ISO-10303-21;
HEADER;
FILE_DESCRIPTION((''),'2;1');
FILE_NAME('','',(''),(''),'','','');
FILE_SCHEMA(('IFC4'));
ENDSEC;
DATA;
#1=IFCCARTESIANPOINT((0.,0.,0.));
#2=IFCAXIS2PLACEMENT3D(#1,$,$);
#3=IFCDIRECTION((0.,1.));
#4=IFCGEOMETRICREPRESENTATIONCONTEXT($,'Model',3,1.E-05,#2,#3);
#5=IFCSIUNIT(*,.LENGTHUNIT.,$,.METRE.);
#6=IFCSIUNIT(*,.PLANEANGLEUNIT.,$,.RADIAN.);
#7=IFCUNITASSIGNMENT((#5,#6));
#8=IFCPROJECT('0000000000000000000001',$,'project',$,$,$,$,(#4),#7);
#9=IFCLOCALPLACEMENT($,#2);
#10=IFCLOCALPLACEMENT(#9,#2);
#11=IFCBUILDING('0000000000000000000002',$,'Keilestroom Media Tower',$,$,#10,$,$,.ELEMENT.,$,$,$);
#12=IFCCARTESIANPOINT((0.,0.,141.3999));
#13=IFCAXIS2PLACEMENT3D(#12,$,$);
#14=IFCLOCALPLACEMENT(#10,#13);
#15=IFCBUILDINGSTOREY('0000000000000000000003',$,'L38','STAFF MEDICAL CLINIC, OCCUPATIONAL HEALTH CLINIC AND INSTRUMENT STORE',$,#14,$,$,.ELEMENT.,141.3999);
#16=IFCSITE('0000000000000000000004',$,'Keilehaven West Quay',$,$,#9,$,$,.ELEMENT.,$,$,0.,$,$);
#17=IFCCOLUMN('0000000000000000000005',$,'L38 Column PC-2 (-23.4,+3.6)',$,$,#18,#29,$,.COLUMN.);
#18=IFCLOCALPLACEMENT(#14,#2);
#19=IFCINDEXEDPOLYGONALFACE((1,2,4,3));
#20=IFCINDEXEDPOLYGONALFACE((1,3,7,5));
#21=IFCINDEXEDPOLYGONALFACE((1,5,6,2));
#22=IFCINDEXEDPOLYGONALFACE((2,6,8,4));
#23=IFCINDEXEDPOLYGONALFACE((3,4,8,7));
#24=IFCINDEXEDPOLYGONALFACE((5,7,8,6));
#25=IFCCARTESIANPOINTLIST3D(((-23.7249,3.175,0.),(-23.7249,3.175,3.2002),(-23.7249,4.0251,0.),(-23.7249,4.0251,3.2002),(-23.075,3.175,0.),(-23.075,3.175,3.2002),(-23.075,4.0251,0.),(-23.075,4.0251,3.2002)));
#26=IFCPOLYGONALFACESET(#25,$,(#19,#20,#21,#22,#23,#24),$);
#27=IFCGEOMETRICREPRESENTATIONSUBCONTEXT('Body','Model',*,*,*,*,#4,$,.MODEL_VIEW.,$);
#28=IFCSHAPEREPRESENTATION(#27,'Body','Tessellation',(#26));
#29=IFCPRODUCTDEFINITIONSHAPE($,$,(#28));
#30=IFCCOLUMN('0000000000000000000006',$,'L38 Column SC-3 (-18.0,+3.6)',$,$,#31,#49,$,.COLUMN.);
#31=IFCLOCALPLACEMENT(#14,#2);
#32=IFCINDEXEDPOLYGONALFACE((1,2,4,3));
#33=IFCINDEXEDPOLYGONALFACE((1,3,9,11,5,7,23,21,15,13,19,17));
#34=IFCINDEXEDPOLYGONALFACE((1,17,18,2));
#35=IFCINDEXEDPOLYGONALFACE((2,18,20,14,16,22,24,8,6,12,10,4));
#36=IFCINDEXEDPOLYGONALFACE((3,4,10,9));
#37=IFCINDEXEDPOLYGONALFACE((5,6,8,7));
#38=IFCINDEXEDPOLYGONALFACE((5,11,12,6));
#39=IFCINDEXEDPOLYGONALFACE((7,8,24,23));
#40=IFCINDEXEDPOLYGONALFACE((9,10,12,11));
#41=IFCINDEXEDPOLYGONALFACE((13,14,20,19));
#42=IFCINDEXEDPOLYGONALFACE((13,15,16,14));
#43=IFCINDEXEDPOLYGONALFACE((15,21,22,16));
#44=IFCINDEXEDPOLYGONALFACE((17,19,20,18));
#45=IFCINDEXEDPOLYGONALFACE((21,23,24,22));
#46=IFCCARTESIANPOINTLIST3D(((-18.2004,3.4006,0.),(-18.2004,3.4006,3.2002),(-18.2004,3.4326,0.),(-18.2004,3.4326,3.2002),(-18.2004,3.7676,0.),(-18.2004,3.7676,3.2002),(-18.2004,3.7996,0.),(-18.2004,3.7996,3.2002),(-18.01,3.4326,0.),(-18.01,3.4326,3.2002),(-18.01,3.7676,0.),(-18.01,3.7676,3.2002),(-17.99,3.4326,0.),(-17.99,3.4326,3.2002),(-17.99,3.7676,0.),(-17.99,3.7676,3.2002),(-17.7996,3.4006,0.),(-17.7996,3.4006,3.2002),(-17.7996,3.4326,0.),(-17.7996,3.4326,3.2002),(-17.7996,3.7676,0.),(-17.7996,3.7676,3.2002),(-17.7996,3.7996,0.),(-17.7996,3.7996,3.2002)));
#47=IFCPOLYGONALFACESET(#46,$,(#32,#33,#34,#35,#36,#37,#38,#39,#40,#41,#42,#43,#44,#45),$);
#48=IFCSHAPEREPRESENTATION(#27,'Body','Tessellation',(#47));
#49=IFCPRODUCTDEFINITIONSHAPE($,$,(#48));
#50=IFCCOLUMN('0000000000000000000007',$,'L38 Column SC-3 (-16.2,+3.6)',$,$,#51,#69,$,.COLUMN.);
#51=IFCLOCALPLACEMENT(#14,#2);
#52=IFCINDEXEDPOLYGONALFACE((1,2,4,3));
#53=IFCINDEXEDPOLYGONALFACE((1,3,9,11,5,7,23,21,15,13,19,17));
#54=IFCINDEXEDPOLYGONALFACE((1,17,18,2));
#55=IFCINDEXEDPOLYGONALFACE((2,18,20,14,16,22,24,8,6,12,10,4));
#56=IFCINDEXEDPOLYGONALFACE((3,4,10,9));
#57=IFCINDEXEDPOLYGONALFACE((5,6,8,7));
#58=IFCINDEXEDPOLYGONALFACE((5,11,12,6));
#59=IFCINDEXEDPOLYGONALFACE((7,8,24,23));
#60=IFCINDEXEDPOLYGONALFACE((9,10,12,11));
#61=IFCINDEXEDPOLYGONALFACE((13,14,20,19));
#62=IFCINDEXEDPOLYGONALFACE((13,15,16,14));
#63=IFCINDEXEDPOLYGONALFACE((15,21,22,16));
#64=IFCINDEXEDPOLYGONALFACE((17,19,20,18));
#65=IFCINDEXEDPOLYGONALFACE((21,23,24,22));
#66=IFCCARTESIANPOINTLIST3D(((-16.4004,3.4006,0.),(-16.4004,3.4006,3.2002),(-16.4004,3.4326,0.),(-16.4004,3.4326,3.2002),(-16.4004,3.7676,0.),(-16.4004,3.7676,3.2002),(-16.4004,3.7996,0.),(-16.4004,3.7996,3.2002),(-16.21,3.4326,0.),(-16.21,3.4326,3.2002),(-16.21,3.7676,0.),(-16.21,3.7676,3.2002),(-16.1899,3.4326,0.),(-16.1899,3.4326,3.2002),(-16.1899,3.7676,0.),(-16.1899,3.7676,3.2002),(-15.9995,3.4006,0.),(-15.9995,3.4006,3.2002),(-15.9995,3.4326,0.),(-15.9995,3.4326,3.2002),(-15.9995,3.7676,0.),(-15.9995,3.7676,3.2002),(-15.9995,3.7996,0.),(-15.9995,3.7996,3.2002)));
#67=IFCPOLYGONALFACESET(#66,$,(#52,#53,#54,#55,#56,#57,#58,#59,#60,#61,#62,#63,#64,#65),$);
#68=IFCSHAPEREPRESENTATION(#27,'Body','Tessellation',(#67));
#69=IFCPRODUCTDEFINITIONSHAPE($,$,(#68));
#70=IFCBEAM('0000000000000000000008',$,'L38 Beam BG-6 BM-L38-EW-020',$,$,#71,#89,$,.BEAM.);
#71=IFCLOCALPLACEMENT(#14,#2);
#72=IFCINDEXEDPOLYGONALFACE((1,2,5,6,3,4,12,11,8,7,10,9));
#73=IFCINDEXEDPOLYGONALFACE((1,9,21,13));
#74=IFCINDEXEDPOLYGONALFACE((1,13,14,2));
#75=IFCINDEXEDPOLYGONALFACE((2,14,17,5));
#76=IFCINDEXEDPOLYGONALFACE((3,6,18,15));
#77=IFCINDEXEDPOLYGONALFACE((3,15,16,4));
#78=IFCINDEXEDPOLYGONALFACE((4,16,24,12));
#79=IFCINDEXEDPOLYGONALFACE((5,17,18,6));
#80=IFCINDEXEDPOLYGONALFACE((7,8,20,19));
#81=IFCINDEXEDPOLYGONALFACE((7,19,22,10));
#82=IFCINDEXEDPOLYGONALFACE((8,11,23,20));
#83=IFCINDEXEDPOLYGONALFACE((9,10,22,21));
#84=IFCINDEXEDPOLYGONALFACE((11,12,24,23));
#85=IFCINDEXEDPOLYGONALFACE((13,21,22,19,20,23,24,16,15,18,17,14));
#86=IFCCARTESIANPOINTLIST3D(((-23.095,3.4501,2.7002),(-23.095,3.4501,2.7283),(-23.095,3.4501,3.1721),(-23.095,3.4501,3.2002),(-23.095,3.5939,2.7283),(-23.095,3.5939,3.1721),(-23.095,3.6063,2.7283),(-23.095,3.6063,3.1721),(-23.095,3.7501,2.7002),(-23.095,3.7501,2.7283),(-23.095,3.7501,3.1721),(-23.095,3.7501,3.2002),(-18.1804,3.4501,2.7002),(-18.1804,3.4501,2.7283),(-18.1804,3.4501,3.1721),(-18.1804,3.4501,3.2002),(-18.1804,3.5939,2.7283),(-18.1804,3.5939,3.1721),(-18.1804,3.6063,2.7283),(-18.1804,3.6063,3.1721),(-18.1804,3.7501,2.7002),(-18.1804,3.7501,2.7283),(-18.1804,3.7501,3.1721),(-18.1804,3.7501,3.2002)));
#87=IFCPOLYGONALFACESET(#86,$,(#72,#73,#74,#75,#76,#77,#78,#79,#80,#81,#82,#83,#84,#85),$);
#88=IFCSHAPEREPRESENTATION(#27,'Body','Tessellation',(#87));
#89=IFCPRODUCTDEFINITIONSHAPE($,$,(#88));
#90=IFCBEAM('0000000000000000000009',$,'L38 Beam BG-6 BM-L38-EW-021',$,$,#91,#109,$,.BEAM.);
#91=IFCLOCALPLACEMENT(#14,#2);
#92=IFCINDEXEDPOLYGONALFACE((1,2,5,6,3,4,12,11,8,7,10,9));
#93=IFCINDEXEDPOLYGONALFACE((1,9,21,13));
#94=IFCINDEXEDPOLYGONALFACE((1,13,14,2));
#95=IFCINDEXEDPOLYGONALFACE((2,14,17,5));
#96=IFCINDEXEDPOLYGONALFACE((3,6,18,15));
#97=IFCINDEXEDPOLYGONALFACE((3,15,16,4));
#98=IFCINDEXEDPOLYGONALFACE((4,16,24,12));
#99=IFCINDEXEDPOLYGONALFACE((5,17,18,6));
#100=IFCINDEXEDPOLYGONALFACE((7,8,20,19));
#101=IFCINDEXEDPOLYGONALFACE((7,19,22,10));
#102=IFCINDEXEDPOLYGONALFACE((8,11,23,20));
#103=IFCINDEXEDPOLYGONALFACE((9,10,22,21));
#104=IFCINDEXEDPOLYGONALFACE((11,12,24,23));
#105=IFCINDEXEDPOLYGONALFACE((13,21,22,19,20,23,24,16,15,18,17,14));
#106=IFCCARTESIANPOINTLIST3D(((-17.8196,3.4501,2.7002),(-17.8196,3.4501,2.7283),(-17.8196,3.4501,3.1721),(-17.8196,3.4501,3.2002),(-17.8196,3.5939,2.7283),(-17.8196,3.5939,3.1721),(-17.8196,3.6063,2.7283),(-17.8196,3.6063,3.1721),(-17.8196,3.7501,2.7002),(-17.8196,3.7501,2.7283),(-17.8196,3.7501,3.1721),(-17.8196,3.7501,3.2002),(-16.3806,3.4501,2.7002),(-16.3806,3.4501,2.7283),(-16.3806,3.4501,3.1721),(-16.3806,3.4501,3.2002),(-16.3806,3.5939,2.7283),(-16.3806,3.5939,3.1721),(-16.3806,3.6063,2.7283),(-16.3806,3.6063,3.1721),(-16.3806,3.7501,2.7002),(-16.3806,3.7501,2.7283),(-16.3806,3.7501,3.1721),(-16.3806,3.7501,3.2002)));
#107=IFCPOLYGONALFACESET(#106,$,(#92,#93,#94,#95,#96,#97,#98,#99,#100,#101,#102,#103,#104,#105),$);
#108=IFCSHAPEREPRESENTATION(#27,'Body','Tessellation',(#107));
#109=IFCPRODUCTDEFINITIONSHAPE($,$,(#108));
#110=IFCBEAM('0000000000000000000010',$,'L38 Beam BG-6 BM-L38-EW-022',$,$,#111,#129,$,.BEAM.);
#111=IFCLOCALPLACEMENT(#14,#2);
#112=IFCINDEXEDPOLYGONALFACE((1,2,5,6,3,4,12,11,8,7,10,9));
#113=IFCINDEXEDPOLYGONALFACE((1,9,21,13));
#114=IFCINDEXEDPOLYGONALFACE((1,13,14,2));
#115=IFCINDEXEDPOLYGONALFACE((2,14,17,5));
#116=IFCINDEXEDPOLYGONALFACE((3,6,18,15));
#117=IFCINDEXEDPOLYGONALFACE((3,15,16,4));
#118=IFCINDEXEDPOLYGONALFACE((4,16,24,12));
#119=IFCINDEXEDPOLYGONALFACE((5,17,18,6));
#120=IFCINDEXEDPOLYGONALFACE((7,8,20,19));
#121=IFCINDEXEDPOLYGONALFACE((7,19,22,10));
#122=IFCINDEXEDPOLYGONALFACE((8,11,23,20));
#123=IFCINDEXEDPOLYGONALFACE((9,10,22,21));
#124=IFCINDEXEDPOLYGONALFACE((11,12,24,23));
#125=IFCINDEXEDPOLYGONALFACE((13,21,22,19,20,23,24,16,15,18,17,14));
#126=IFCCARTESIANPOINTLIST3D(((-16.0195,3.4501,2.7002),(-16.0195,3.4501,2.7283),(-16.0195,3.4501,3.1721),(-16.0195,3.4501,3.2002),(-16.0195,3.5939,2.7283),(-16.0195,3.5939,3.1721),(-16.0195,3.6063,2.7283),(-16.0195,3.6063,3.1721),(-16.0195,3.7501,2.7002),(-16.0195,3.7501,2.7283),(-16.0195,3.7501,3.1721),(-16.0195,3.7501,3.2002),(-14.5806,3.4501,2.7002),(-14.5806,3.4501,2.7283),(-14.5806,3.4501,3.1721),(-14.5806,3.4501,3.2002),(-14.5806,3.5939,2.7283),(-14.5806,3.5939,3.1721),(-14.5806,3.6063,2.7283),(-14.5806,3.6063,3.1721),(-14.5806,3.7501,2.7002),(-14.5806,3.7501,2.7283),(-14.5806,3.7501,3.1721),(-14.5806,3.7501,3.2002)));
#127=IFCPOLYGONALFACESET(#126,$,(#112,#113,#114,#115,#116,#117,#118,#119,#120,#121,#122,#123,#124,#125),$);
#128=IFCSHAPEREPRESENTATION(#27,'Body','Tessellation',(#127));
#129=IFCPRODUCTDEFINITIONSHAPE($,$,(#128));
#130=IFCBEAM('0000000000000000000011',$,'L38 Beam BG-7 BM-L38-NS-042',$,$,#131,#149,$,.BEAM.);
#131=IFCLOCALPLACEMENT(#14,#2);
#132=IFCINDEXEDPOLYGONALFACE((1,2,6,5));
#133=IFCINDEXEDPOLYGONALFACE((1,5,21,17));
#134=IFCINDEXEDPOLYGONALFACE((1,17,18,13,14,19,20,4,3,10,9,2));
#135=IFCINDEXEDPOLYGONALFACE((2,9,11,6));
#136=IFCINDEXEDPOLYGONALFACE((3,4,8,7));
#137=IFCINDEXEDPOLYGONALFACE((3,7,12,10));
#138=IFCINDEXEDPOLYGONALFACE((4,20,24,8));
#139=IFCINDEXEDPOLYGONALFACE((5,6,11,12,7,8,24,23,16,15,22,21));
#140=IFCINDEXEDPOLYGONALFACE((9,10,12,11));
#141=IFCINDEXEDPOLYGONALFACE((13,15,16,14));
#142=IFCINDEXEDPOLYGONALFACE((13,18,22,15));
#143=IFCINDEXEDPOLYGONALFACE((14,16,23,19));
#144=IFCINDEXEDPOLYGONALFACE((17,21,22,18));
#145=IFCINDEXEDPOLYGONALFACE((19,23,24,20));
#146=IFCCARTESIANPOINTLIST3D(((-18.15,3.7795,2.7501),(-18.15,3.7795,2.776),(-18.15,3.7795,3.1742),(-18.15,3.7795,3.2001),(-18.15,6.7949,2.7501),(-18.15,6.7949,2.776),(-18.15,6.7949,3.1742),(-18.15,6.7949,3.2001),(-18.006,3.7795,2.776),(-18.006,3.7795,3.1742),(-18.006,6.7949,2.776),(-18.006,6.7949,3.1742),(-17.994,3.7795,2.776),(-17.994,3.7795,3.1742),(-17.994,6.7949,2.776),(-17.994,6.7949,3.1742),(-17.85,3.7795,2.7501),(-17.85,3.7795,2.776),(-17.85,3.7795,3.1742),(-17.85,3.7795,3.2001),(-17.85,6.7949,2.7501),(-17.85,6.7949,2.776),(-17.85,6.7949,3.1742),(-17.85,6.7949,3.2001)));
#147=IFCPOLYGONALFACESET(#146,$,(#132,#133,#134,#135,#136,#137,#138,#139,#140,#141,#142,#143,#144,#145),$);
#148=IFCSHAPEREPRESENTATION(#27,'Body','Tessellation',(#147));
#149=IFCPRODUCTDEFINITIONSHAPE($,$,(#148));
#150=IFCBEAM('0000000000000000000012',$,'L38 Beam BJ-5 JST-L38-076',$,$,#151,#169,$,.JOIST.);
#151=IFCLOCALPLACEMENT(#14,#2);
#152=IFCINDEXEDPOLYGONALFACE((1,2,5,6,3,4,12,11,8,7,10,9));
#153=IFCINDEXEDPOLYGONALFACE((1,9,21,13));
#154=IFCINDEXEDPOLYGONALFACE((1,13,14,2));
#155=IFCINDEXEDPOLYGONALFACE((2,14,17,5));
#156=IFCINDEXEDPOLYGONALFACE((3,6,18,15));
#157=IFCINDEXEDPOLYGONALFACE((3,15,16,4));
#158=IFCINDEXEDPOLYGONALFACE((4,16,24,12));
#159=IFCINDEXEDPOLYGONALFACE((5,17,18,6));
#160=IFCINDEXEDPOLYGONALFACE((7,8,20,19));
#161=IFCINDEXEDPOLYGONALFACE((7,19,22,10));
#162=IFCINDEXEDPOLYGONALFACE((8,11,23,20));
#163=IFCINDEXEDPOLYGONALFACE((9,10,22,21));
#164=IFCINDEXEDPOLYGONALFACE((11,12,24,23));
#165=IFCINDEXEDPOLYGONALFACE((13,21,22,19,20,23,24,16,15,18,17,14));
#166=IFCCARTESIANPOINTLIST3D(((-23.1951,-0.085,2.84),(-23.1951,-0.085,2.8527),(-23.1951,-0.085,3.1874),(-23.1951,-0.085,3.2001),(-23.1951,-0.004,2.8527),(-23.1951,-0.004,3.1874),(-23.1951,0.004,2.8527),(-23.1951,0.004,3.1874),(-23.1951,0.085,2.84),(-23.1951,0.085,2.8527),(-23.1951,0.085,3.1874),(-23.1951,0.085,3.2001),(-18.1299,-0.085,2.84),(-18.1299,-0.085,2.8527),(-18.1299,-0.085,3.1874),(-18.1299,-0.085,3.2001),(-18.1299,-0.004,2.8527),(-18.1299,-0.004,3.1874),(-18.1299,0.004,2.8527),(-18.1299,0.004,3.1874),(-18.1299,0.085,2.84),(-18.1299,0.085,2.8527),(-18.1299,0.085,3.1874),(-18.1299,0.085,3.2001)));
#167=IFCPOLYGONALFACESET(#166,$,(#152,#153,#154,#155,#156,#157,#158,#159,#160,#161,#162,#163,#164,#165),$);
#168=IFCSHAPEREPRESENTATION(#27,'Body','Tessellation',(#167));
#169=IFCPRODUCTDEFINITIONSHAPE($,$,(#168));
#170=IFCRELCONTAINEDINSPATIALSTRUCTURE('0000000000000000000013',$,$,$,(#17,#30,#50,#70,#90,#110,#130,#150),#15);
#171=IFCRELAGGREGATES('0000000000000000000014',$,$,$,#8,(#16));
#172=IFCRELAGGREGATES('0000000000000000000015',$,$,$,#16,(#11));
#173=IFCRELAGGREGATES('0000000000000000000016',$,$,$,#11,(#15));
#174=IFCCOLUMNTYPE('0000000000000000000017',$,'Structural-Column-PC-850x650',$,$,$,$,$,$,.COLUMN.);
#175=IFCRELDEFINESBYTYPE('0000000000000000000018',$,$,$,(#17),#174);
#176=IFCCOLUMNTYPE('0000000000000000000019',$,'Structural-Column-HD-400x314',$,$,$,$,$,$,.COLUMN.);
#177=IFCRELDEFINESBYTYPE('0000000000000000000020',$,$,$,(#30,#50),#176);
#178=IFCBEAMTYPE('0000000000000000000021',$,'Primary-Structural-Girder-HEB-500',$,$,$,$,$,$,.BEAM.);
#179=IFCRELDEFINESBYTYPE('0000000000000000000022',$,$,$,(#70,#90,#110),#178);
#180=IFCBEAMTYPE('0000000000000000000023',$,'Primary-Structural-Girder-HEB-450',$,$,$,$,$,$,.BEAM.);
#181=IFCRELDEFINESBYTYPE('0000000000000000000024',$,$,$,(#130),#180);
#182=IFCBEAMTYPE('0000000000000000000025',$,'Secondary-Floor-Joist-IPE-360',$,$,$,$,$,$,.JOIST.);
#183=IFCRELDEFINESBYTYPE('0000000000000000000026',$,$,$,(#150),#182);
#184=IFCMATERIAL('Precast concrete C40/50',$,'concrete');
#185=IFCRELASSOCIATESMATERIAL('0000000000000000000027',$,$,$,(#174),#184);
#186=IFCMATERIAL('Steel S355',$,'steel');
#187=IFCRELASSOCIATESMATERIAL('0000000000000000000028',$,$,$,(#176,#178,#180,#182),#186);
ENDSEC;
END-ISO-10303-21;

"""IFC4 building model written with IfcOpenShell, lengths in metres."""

from ifc_helpers import new_model, si_unit, direction, frame, origin, origin_2d, place, context, subcontext, project, spatial, rectangle, i_section, extrude, source, transform, mapped, material, material_profile, profile_set, type_object, element, save


model = new_model("IFC4")

# Units and contexts
model_context = context("Model", 3, precision=1e-05, world=origin(), true_north=direction((0.0, 1.0)))
body_context = subcontext(model_context, "Body", "Model", "MODEL_VIEW")
ifc_project = project(units=[si_unit("LENGTHUNIT", "METRE"), si_unit("PLANEANGLEUNIT", "RADIAN")], contexts=[model_context])

# Site, building, storey
site_placement = place(None, origin())
site = spatial("IfcSite", under=ifc_project, at=site_placement, Name="Keilehaven West Quay", CompositionType="ELEMENT", RefElevation=0.0)
building_placement = place(site_placement, origin())
building = spatial("IfcBuilding", under=site, at=building_placement, Name="Keilestroom Media Tower", CompositionType="ELEMENT")
storey_placement = place(building_placement, frame((0.0, 0.0, 141.3999)))
storey = spatial("IfcBuildingStorey", under=building, at=storey_placement, Name="L38", Description="STAFF MEDICAL CLINIC, OCCUPATIONAL HEALTH CLINIC AND INSTRUMENT STORE", CompositionType="ELEMENT", Elevation=141.3999)

# Columns
ifc_material_1 = material(Name="Precast concrete C40/50", Category="concrete")
ifc_material_profile_1 = material_profile(ifc_material_1, rectangle(XDim=0.6499, YDim=0.8501, at=origin_2d()), Name="PC 850x650")
ifc_profile_set_1 = profile_set([ifc_material_profile_1], Name="Precast concrete C40/50")
column_type_1 = type_object("IfcColumnType", Name="Structural-Column-PC-850x650", PredefinedType="COLUMN", material=ifc_profile_set_1)
shared_shape_1 = source(origin(), body_context, "Body", "SweptSolid", [
    extrude(rectangle(XDim=0.6499, YDim=0.8501, at=origin_2d()), origin(), (0.0, 0.0, 1.0), 3.2002),
])
column_placement = place(storey_placement, frame((-23.3999, 3.6001, 0.0), z_axis=(0.0, 0.0, 1.0), x_axis=(1.0, 0.0, 0.0)))
element("IfcColumn", 1, at=column_placement, inside=storey, type_object=column_type_1, Name="L38 Column PC-2 (-23.4,+3.6)", PredefinedType="COLUMN", context=body_context, shape_type="MappedRepresentation", body=[
    mapped(shared_shape_1, transform((0.0, 0.0, 0.0), x_axis=(1.0, 0.0, 0.0), y_axis=(0.0, 1.0, 0.0), z_axis=(0.0, 0.0, 1.0), scale=1.0)),
])
ifc_material_2 = material(Name="Steel S355", Category="steel")
ifc_material_profile_2 = material_profile(ifc_material_2, i_section(OverallWidth=0.4009, OverallDepth=0.3989, WebThickness=0.02, FlangeThickness=0.032, at=origin_2d()), Name="HD 400x314")
ifc_profile_set_2 = profile_set([ifc_material_profile_2], Name="Steel S355")
column_type_2 = type_object("IfcColumnType", Name="Structural-Column-HD-400x314", PredefinedType="COLUMN", material=ifc_profile_set_2)
shared_shape_2 = source(origin(), body_context, "Body", "SweptSolid", [
    extrude(i_section(OverallWidth=0.4009, OverallDepth=0.3989, WebThickness=0.02, FlangeThickness=0.032, at=origin_2d()), origin(), (0.0, 0.0, 1.0), 3.2002),
])
for number, where, z_axis, x_axis, name in (
    (2, (-18.0, 3.6001, 0.0), (0.0, 0.0, 1.0), (1.0, 0.0, 0.0), "L38 Column SC-3 (-18.0,+3.6)"),
    (3, (-16.2, 3.6001, 0.0), (0.0, 0.0, 1.0), (1.0, 0.0, 0.0), "L38 Column SC-3 (-16.2,+3.6)"),
):
    element("IfcColumn", number, at=place(storey_placement, frame(where, z_axis=z_axis, x_axis=x_axis)), inside=storey, type_object=column_type_2, Name=name, PredefinedType="COLUMN", context=body_context, shape_type="MappedRepresentation", body=[
        mapped(shared_shape_2, transform((0.0, 0.0, 0.0), x_axis=(1.0, 0.0, 0.0), y_axis=(0.0, 1.0, 0.0), z_axis=(0.0, 0.0, 1.0), scale=1.0)),
    ])

# Beams
ifc_material_profile_3 = material_profile(ifc_material_2, i_section(OverallWidth=0.3, OverallDepth=0.5, WebThickness=0.0125, FlangeThickness=0.0281, at=origin_2d()), Name="HEB 500")
ifc_profile_set_3 = profile_set([ifc_material_profile_3], Name="Steel S355")
beam_type_1 = type_object("IfcBeamType", Name="Primary-Structural-Girder-HEB-500", PredefinedType="BEAM", material=ifc_profile_set_3)
shared_shape_3 = source(origin(), body_context, "Body", "SweptSolid", [
    extrude(i_section(OverallWidth=0.3, OverallDepth=0.5, WebThickness=0.0125, FlangeThickness=0.0281, at=origin_2d()), origin(), (0.0, 0.0, 1.0), 4.9146),
])
beam_1_placement = place(storey_placement, frame((-23.095, 3.6001, 2.9502), z_axis=(1.0, 0.0, 0.0), x_axis=(0.0, 1.0, 0.0)))
element("IfcBeam", 4, at=beam_1_placement, inside=storey, type_object=beam_type_1, Name="L38 Beam BG-6 BM-L38-EW-020", PredefinedType="BEAM", context=body_context, shape_type="MappedRepresentation", body=[
    mapped(shared_shape_3, transform((0.0, 0.0, 0.0), x_axis=(1.0, 0.0, 0.0), y_axis=(0.0, 1.0, 0.0), z_axis=(0.0, 0.0, 1.0), scale=1.0)),
])
shared_shape_4 = source(origin(), body_context, "Body", "SweptSolid", [
    extrude(i_section(OverallWidth=0.3, OverallDepth=0.5, WebThickness=0.0125, FlangeThickness=0.0281, at=origin_2d()), origin(), (0.0, 0.0, 1.0), 1.439),
])
for number, where, z_axis, x_axis, name in (
    (5, (-17.8196, 3.6001, 2.9502), (1.0, 0.0, 0.0), (0.0, 1.0, 0.0), "L38 Beam BG-6 BM-L38-EW-021"),
    (6, (-16.0195, 3.6001, 2.9502), (1.0, 0.0, 0.0), (0.0, 1.0, 0.0), "L38 Beam BG-6 BM-L38-EW-022"),
):
    element("IfcBeam", number, at=place(storey_placement, frame(where, z_axis=z_axis, x_axis=x_axis)), inside=storey, type_object=beam_type_1, Name=name, PredefinedType="BEAM", context=body_context, shape_type="MappedRepresentation", body=[
        mapped(shared_shape_4, transform((0.0, 0.0, 0.0), x_axis=(1.0, 0.0, 0.0), y_axis=(0.0, 1.0, 0.0), z_axis=(0.0, 0.0, 1.0), scale=1.0)),
    ])
ifc_material_profile_4 = material_profile(ifc_material_2, i_section(OverallWidth=0.3, OverallDepth=0.45, WebThickness=0.012, FlangeThickness=0.0259, at=origin_2d()), Name="HEB 450")
ifc_profile_set_4 = profile_set([ifc_material_profile_4], Name="Steel S355")
beam_type_2 = type_object("IfcBeamType", Name="Primary-Structural-Girder-HEB-450", PredefinedType="BEAM", material=ifc_profile_set_4)
shared_shape_5 = source(origin(), body_context, "Body", "SweptSolid", [
    extrude(i_section(OverallWidth=0.3, OverallDepth=0.45, WebThickness=0.012, FlangeThickness=0.0259, at=origin_2d()), origin(), (0.0, 0.0, 1.0), 3.0154),
])
beam_2_placement = place(storey_placement, frame((-18.0, 3.7795, 2.9751), z_axis=(0.0, 1.0, 0.0), x_axis=(-1.0, 0.0, 0.0)))
element("IfcBeam", 7, at=beam_2_placement, inside=storey, type_object=beam_type_2, Name="L38 Beam BG-7 BM-L38-NS-042", PredefinedType="BEAM", context=body_context, shape_type="MappedRepresentation", body=[
    mapped(shared_shape_5, transform((0.0, 0.0, 0.0), x_axis=(1.0, 0.0, 0.0), y_axis=(0.0, 1.0, 0.0), z_axis=(0.0, 0.0, 1.0), scale=1.0)),
])
ifc_material_profile_5 = material_profile(ifc_material_2, i_section(OverallWidth=0.1699, OverallDepth=0.3601, WebThickness=0.0081, FlangeThickness=0.0127, at=origin_2d()), Name="IPE 360")
ifc_profile_set_5 = profile_set([ifc_material_profile_5], Name="Steel S355")
beam_type_3 = type_object("IfcBeamType", Name="Secondary-Floor-Joist-IPE-360", PredefinedType="JOIST", material=ifc_profile_set_5)
shared_shape_6 = source(origin(), body_context, "Body", "SweptSolid", [
    extrude(i_section(OverallWidth=0.1699, OverallDepth=0.3601, WebThickness=0.0081, FlangeThickness=0.0127, at=origin_2d()), origin(), (0.0, 0.0, 1.0), 5.0652),
])
for number, where, z_axis, x_axis, name in (
    (8, (-23.1951, 0.0, 3.02), (1.0, 0.0, 0.0), (0.0, 1.0, 0.0), "L38 Beam BJ-5 JST-L38-076"),
):
    element("IfcBeam", number, at=place(storey_placement, frame(where, z_axis=z_axis, x_axis=x_axis)), inside=storey, type_object=beam_type_3, Name=name, PredefinedType="JOIST", context=body_context, shape_type="MappedRepresentation", body=[
        mapped(shared_shape_6, transform((0.0, 0.0, 0.0), x_axis=(1.0, 0.0, 0.0), y_axis=(0.0, 1.0, 0.0), z_axis=(0.0, 0.0, 1.0), scale=1.0)),
    ])

save(model, "model.ifc")
